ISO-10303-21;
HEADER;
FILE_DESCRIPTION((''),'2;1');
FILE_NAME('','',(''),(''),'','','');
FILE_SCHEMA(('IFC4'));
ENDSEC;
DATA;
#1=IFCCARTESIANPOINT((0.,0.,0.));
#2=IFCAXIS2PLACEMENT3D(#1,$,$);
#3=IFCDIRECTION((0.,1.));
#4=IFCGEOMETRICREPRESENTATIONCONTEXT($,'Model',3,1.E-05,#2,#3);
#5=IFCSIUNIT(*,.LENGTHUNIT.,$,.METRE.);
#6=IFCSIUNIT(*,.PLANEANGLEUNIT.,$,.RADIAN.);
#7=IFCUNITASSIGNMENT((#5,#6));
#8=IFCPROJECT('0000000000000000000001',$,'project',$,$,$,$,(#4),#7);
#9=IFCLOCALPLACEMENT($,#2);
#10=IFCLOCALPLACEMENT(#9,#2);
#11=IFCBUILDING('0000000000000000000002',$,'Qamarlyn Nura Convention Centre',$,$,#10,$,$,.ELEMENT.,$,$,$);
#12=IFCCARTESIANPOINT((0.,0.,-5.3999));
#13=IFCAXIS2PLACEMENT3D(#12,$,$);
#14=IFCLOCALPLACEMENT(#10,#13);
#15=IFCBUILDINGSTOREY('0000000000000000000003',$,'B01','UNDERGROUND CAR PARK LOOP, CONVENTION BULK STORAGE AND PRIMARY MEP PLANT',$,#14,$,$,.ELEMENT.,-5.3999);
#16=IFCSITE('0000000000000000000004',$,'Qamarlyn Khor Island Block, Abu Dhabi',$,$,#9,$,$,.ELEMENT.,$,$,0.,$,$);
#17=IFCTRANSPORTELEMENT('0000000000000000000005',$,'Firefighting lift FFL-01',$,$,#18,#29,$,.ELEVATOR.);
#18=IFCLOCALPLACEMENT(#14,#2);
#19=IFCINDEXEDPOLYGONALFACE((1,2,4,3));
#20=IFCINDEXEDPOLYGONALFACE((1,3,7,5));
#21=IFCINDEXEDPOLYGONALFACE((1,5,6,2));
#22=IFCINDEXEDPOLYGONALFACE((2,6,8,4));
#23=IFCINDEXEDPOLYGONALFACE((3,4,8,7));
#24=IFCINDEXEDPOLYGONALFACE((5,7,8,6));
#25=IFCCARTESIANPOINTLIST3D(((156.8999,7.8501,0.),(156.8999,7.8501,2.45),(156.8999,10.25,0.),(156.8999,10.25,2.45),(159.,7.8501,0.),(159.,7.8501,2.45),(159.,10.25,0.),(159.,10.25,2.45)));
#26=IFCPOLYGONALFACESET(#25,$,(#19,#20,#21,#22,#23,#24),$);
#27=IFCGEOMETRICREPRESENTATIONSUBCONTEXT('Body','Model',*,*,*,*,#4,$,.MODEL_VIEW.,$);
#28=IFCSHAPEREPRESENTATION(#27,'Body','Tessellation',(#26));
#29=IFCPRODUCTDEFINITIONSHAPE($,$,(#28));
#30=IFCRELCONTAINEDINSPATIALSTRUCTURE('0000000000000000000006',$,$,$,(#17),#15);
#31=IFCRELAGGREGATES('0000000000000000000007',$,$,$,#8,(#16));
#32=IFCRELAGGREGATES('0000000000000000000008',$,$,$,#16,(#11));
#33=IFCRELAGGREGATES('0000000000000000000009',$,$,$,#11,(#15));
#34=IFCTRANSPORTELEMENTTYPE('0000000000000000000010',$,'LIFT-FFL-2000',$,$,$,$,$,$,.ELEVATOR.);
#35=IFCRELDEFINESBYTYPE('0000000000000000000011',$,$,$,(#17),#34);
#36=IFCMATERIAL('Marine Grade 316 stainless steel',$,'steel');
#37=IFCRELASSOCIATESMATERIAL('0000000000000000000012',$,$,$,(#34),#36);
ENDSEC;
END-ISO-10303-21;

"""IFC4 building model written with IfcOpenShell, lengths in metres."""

from ifc_helpers import new_model, si_unit, direction, frame, origin, origin_2d, place, context, subcontext, project, spatial, rectangle, extrude, material, type_object, element, save


model = new_model("IFC4")

# Units and contexts
model_context = context("Model", 3, precision=1e-05, world=origin(), true_north=direction((0.0, 1.0)))
body_context = subcontext(model_context, "Body", "Model", "MODEL_VIEW")
ifc_project = project(units=[si_unit("LENGTHUNIT", "METRE"), si_unit("PLANEANGLEUNIT", "RADIAN")], contexts=[model_context])

# Site, building, storey
site_placement = place(None, origin())
site = spatial("IfcSite", under=ifc_project, at=site_placement, Name="Qamarlyn Khor Island Block, Abu Dhabi", CompositionType="ELEMENT", RefElevation=0.0)
building_placement = place(site_placement, origin())
building = spatial("IfcBuilding", under=site, at=building_placement, Name="Qamarlyn Nura Convention Centre", CompositionType="ELEMENT")
storey_placement = place(building_placement, frame((0.0, 0.0, -5.3999)))
storey = spatial("IfcBuildingStorey", under=building, at=storey_placement, Name="B01", Description="UNDERGROUND CAR PARK LOOP, CONVENTION BULK STORAGE AND PRIMARY MEP PLANT", CompositionType="ELEMENT", Elevation=-5.3999)

# Shared definitions
ifc_material_1 = material(Name="Marine Grade 316 stainless steel", Category="steel")

# Transport element
transport_element_type = type_object("IfcTransportElementType", Name="LIFT-FFL-2000", PredefinedType="ELEVATOR", material=ifc_material_1)
transport_element_placement = place(storey_placement, frame((157.95, 9.05, 0.0), z_axis=(0.0, 0.0, 1.0), x_axis=(1.0, 0.0, 0.0)))
element("IfcTransportElement", 1, at=transport_element_placement, inside=storey, type_object=transport_element_type, Name="Firefighting lift FFL-01", PredefinedType="ELEVATOR", context=body_context, shape_type="SweptSolid", body=[
    extrude(rectangle(XDim=2.1001, YDim=2.3999, at=origin_2d()), origin(), (0.0, 0.0, 1.0), 2.45),
])

save(model, "model.ifc")
